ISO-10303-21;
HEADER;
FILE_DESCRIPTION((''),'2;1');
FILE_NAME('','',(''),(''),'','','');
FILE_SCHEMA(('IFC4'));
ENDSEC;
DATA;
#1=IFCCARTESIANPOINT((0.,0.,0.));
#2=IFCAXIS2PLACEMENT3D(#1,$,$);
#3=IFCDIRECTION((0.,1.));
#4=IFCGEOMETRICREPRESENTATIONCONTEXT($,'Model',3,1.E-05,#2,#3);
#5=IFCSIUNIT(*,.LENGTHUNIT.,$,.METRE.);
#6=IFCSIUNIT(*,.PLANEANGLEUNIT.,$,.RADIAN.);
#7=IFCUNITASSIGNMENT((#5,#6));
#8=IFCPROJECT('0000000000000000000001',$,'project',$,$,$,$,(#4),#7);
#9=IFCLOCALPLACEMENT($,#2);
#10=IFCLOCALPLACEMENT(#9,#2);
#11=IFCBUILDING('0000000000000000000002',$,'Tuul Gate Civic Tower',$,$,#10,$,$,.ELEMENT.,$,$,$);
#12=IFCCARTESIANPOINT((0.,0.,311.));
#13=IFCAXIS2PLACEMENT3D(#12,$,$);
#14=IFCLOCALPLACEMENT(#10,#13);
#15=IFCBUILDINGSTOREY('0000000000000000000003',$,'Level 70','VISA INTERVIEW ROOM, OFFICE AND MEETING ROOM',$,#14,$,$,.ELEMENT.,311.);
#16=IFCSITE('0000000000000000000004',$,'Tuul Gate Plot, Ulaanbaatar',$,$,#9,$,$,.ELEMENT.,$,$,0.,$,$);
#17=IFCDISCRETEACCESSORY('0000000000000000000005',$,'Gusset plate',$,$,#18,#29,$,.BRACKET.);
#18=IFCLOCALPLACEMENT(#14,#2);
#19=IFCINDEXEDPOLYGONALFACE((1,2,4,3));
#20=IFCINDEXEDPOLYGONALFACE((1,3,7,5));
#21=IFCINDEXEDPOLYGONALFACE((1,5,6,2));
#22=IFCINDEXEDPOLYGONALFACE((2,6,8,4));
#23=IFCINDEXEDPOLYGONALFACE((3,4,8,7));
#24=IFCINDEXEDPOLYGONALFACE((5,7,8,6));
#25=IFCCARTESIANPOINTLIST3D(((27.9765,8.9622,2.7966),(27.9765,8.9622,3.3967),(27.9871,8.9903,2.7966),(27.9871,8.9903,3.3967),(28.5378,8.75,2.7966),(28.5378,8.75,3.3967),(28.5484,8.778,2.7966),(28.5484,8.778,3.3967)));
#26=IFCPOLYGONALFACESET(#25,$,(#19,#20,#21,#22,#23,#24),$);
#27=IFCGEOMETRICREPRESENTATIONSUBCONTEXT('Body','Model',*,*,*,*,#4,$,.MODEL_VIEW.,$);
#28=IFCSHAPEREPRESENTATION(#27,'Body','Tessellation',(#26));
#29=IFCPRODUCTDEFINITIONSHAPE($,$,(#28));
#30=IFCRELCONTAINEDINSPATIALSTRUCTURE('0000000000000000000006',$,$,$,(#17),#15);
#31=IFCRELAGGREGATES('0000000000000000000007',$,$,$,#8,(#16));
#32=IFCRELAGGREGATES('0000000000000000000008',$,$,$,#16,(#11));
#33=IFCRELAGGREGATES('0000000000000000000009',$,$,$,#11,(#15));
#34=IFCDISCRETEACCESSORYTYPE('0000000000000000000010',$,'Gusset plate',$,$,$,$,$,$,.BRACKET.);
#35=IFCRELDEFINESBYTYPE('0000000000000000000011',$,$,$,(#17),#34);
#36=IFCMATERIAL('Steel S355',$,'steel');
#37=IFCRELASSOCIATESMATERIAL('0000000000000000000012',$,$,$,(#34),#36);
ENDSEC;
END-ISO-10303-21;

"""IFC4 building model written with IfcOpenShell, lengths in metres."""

from ifc_helpers import new_model, si_unit, direction, frame, origin, origin_2d, place, context, subcontext, project, spatial, rectangle, extrude, material, type_object, element, save


model = new_model("IFC4")

# Units and contexts
model_context = context("Model", 3, precision=1e-05, world=origin(), true_north=direction((0.0, 1.0)))
body_context = subcontext(model_context, "Body", "Model", "MODEL_VIEW")
ifc_project = project(units=[si_unit("LENGTHUNIT", "METRE"), si_unit("PLANEANGLEUNIT", "RADIAN")], contexts=[model_context])

# Site, building, storey
site_placement = place(None, origin())
site = spatial("IfcSite", under=ifc_project, at=site_placement, Name="Tuul Gate Plot, Ulaanbaatar", CompositionType="ELEMENT", RefElevation=0.0)
building_placement = place(site_placement, origin())
building = spatial("IfcBuilding", under=site, at=building_placement, Name="Tuul Gate Civic Tower", CompositionType="ELEMENT")
storey_placement = place(building_placement, frame((0.0, 0.0, 311.0)))
storey = spatial("IfcBuildingStorey", under=building, at=storey_placement, Name="Level 70", Description="VISA INTERVIEW ROOM, OFFICE AND MEETING ROOM", CompositionType="ELEMENT", Elevation=311.0)

# Discrete accessory
ifc_material_1 = material(Name="Steel S355", Category="steel")
discrete_accessory_type = type_object("IfcDiscreteAccessoryType", Name="Gusset plate", PredefinedType="BRACKET", material=ifc_material_1)
for number, where, z_axis, x_axis, name in (
    (1, (28.2625, 8.8701, 2.7966), (0.0, 0.0, 1.0), (0.935375, -0.353657, 0.0), "Gusset plate"),
):
    element("IfcDiscreteAccessory", number, at=place(storey_placement, frame(where, z_axis=z_axis, x_axis=x_axis)), inside=storey, type_object=discrete_accessory_type, Name=name, PredefinedType="BRACKET", context=body_context, shape_type="SweptSolid", body=[
        extrude(rectangle(XDim=0.6001, YDim=0.03, at=origin_2d()), origin(), (0.0, 0.0, 1.0), 0.6001),
    ])

save(model, "model.ifc")
